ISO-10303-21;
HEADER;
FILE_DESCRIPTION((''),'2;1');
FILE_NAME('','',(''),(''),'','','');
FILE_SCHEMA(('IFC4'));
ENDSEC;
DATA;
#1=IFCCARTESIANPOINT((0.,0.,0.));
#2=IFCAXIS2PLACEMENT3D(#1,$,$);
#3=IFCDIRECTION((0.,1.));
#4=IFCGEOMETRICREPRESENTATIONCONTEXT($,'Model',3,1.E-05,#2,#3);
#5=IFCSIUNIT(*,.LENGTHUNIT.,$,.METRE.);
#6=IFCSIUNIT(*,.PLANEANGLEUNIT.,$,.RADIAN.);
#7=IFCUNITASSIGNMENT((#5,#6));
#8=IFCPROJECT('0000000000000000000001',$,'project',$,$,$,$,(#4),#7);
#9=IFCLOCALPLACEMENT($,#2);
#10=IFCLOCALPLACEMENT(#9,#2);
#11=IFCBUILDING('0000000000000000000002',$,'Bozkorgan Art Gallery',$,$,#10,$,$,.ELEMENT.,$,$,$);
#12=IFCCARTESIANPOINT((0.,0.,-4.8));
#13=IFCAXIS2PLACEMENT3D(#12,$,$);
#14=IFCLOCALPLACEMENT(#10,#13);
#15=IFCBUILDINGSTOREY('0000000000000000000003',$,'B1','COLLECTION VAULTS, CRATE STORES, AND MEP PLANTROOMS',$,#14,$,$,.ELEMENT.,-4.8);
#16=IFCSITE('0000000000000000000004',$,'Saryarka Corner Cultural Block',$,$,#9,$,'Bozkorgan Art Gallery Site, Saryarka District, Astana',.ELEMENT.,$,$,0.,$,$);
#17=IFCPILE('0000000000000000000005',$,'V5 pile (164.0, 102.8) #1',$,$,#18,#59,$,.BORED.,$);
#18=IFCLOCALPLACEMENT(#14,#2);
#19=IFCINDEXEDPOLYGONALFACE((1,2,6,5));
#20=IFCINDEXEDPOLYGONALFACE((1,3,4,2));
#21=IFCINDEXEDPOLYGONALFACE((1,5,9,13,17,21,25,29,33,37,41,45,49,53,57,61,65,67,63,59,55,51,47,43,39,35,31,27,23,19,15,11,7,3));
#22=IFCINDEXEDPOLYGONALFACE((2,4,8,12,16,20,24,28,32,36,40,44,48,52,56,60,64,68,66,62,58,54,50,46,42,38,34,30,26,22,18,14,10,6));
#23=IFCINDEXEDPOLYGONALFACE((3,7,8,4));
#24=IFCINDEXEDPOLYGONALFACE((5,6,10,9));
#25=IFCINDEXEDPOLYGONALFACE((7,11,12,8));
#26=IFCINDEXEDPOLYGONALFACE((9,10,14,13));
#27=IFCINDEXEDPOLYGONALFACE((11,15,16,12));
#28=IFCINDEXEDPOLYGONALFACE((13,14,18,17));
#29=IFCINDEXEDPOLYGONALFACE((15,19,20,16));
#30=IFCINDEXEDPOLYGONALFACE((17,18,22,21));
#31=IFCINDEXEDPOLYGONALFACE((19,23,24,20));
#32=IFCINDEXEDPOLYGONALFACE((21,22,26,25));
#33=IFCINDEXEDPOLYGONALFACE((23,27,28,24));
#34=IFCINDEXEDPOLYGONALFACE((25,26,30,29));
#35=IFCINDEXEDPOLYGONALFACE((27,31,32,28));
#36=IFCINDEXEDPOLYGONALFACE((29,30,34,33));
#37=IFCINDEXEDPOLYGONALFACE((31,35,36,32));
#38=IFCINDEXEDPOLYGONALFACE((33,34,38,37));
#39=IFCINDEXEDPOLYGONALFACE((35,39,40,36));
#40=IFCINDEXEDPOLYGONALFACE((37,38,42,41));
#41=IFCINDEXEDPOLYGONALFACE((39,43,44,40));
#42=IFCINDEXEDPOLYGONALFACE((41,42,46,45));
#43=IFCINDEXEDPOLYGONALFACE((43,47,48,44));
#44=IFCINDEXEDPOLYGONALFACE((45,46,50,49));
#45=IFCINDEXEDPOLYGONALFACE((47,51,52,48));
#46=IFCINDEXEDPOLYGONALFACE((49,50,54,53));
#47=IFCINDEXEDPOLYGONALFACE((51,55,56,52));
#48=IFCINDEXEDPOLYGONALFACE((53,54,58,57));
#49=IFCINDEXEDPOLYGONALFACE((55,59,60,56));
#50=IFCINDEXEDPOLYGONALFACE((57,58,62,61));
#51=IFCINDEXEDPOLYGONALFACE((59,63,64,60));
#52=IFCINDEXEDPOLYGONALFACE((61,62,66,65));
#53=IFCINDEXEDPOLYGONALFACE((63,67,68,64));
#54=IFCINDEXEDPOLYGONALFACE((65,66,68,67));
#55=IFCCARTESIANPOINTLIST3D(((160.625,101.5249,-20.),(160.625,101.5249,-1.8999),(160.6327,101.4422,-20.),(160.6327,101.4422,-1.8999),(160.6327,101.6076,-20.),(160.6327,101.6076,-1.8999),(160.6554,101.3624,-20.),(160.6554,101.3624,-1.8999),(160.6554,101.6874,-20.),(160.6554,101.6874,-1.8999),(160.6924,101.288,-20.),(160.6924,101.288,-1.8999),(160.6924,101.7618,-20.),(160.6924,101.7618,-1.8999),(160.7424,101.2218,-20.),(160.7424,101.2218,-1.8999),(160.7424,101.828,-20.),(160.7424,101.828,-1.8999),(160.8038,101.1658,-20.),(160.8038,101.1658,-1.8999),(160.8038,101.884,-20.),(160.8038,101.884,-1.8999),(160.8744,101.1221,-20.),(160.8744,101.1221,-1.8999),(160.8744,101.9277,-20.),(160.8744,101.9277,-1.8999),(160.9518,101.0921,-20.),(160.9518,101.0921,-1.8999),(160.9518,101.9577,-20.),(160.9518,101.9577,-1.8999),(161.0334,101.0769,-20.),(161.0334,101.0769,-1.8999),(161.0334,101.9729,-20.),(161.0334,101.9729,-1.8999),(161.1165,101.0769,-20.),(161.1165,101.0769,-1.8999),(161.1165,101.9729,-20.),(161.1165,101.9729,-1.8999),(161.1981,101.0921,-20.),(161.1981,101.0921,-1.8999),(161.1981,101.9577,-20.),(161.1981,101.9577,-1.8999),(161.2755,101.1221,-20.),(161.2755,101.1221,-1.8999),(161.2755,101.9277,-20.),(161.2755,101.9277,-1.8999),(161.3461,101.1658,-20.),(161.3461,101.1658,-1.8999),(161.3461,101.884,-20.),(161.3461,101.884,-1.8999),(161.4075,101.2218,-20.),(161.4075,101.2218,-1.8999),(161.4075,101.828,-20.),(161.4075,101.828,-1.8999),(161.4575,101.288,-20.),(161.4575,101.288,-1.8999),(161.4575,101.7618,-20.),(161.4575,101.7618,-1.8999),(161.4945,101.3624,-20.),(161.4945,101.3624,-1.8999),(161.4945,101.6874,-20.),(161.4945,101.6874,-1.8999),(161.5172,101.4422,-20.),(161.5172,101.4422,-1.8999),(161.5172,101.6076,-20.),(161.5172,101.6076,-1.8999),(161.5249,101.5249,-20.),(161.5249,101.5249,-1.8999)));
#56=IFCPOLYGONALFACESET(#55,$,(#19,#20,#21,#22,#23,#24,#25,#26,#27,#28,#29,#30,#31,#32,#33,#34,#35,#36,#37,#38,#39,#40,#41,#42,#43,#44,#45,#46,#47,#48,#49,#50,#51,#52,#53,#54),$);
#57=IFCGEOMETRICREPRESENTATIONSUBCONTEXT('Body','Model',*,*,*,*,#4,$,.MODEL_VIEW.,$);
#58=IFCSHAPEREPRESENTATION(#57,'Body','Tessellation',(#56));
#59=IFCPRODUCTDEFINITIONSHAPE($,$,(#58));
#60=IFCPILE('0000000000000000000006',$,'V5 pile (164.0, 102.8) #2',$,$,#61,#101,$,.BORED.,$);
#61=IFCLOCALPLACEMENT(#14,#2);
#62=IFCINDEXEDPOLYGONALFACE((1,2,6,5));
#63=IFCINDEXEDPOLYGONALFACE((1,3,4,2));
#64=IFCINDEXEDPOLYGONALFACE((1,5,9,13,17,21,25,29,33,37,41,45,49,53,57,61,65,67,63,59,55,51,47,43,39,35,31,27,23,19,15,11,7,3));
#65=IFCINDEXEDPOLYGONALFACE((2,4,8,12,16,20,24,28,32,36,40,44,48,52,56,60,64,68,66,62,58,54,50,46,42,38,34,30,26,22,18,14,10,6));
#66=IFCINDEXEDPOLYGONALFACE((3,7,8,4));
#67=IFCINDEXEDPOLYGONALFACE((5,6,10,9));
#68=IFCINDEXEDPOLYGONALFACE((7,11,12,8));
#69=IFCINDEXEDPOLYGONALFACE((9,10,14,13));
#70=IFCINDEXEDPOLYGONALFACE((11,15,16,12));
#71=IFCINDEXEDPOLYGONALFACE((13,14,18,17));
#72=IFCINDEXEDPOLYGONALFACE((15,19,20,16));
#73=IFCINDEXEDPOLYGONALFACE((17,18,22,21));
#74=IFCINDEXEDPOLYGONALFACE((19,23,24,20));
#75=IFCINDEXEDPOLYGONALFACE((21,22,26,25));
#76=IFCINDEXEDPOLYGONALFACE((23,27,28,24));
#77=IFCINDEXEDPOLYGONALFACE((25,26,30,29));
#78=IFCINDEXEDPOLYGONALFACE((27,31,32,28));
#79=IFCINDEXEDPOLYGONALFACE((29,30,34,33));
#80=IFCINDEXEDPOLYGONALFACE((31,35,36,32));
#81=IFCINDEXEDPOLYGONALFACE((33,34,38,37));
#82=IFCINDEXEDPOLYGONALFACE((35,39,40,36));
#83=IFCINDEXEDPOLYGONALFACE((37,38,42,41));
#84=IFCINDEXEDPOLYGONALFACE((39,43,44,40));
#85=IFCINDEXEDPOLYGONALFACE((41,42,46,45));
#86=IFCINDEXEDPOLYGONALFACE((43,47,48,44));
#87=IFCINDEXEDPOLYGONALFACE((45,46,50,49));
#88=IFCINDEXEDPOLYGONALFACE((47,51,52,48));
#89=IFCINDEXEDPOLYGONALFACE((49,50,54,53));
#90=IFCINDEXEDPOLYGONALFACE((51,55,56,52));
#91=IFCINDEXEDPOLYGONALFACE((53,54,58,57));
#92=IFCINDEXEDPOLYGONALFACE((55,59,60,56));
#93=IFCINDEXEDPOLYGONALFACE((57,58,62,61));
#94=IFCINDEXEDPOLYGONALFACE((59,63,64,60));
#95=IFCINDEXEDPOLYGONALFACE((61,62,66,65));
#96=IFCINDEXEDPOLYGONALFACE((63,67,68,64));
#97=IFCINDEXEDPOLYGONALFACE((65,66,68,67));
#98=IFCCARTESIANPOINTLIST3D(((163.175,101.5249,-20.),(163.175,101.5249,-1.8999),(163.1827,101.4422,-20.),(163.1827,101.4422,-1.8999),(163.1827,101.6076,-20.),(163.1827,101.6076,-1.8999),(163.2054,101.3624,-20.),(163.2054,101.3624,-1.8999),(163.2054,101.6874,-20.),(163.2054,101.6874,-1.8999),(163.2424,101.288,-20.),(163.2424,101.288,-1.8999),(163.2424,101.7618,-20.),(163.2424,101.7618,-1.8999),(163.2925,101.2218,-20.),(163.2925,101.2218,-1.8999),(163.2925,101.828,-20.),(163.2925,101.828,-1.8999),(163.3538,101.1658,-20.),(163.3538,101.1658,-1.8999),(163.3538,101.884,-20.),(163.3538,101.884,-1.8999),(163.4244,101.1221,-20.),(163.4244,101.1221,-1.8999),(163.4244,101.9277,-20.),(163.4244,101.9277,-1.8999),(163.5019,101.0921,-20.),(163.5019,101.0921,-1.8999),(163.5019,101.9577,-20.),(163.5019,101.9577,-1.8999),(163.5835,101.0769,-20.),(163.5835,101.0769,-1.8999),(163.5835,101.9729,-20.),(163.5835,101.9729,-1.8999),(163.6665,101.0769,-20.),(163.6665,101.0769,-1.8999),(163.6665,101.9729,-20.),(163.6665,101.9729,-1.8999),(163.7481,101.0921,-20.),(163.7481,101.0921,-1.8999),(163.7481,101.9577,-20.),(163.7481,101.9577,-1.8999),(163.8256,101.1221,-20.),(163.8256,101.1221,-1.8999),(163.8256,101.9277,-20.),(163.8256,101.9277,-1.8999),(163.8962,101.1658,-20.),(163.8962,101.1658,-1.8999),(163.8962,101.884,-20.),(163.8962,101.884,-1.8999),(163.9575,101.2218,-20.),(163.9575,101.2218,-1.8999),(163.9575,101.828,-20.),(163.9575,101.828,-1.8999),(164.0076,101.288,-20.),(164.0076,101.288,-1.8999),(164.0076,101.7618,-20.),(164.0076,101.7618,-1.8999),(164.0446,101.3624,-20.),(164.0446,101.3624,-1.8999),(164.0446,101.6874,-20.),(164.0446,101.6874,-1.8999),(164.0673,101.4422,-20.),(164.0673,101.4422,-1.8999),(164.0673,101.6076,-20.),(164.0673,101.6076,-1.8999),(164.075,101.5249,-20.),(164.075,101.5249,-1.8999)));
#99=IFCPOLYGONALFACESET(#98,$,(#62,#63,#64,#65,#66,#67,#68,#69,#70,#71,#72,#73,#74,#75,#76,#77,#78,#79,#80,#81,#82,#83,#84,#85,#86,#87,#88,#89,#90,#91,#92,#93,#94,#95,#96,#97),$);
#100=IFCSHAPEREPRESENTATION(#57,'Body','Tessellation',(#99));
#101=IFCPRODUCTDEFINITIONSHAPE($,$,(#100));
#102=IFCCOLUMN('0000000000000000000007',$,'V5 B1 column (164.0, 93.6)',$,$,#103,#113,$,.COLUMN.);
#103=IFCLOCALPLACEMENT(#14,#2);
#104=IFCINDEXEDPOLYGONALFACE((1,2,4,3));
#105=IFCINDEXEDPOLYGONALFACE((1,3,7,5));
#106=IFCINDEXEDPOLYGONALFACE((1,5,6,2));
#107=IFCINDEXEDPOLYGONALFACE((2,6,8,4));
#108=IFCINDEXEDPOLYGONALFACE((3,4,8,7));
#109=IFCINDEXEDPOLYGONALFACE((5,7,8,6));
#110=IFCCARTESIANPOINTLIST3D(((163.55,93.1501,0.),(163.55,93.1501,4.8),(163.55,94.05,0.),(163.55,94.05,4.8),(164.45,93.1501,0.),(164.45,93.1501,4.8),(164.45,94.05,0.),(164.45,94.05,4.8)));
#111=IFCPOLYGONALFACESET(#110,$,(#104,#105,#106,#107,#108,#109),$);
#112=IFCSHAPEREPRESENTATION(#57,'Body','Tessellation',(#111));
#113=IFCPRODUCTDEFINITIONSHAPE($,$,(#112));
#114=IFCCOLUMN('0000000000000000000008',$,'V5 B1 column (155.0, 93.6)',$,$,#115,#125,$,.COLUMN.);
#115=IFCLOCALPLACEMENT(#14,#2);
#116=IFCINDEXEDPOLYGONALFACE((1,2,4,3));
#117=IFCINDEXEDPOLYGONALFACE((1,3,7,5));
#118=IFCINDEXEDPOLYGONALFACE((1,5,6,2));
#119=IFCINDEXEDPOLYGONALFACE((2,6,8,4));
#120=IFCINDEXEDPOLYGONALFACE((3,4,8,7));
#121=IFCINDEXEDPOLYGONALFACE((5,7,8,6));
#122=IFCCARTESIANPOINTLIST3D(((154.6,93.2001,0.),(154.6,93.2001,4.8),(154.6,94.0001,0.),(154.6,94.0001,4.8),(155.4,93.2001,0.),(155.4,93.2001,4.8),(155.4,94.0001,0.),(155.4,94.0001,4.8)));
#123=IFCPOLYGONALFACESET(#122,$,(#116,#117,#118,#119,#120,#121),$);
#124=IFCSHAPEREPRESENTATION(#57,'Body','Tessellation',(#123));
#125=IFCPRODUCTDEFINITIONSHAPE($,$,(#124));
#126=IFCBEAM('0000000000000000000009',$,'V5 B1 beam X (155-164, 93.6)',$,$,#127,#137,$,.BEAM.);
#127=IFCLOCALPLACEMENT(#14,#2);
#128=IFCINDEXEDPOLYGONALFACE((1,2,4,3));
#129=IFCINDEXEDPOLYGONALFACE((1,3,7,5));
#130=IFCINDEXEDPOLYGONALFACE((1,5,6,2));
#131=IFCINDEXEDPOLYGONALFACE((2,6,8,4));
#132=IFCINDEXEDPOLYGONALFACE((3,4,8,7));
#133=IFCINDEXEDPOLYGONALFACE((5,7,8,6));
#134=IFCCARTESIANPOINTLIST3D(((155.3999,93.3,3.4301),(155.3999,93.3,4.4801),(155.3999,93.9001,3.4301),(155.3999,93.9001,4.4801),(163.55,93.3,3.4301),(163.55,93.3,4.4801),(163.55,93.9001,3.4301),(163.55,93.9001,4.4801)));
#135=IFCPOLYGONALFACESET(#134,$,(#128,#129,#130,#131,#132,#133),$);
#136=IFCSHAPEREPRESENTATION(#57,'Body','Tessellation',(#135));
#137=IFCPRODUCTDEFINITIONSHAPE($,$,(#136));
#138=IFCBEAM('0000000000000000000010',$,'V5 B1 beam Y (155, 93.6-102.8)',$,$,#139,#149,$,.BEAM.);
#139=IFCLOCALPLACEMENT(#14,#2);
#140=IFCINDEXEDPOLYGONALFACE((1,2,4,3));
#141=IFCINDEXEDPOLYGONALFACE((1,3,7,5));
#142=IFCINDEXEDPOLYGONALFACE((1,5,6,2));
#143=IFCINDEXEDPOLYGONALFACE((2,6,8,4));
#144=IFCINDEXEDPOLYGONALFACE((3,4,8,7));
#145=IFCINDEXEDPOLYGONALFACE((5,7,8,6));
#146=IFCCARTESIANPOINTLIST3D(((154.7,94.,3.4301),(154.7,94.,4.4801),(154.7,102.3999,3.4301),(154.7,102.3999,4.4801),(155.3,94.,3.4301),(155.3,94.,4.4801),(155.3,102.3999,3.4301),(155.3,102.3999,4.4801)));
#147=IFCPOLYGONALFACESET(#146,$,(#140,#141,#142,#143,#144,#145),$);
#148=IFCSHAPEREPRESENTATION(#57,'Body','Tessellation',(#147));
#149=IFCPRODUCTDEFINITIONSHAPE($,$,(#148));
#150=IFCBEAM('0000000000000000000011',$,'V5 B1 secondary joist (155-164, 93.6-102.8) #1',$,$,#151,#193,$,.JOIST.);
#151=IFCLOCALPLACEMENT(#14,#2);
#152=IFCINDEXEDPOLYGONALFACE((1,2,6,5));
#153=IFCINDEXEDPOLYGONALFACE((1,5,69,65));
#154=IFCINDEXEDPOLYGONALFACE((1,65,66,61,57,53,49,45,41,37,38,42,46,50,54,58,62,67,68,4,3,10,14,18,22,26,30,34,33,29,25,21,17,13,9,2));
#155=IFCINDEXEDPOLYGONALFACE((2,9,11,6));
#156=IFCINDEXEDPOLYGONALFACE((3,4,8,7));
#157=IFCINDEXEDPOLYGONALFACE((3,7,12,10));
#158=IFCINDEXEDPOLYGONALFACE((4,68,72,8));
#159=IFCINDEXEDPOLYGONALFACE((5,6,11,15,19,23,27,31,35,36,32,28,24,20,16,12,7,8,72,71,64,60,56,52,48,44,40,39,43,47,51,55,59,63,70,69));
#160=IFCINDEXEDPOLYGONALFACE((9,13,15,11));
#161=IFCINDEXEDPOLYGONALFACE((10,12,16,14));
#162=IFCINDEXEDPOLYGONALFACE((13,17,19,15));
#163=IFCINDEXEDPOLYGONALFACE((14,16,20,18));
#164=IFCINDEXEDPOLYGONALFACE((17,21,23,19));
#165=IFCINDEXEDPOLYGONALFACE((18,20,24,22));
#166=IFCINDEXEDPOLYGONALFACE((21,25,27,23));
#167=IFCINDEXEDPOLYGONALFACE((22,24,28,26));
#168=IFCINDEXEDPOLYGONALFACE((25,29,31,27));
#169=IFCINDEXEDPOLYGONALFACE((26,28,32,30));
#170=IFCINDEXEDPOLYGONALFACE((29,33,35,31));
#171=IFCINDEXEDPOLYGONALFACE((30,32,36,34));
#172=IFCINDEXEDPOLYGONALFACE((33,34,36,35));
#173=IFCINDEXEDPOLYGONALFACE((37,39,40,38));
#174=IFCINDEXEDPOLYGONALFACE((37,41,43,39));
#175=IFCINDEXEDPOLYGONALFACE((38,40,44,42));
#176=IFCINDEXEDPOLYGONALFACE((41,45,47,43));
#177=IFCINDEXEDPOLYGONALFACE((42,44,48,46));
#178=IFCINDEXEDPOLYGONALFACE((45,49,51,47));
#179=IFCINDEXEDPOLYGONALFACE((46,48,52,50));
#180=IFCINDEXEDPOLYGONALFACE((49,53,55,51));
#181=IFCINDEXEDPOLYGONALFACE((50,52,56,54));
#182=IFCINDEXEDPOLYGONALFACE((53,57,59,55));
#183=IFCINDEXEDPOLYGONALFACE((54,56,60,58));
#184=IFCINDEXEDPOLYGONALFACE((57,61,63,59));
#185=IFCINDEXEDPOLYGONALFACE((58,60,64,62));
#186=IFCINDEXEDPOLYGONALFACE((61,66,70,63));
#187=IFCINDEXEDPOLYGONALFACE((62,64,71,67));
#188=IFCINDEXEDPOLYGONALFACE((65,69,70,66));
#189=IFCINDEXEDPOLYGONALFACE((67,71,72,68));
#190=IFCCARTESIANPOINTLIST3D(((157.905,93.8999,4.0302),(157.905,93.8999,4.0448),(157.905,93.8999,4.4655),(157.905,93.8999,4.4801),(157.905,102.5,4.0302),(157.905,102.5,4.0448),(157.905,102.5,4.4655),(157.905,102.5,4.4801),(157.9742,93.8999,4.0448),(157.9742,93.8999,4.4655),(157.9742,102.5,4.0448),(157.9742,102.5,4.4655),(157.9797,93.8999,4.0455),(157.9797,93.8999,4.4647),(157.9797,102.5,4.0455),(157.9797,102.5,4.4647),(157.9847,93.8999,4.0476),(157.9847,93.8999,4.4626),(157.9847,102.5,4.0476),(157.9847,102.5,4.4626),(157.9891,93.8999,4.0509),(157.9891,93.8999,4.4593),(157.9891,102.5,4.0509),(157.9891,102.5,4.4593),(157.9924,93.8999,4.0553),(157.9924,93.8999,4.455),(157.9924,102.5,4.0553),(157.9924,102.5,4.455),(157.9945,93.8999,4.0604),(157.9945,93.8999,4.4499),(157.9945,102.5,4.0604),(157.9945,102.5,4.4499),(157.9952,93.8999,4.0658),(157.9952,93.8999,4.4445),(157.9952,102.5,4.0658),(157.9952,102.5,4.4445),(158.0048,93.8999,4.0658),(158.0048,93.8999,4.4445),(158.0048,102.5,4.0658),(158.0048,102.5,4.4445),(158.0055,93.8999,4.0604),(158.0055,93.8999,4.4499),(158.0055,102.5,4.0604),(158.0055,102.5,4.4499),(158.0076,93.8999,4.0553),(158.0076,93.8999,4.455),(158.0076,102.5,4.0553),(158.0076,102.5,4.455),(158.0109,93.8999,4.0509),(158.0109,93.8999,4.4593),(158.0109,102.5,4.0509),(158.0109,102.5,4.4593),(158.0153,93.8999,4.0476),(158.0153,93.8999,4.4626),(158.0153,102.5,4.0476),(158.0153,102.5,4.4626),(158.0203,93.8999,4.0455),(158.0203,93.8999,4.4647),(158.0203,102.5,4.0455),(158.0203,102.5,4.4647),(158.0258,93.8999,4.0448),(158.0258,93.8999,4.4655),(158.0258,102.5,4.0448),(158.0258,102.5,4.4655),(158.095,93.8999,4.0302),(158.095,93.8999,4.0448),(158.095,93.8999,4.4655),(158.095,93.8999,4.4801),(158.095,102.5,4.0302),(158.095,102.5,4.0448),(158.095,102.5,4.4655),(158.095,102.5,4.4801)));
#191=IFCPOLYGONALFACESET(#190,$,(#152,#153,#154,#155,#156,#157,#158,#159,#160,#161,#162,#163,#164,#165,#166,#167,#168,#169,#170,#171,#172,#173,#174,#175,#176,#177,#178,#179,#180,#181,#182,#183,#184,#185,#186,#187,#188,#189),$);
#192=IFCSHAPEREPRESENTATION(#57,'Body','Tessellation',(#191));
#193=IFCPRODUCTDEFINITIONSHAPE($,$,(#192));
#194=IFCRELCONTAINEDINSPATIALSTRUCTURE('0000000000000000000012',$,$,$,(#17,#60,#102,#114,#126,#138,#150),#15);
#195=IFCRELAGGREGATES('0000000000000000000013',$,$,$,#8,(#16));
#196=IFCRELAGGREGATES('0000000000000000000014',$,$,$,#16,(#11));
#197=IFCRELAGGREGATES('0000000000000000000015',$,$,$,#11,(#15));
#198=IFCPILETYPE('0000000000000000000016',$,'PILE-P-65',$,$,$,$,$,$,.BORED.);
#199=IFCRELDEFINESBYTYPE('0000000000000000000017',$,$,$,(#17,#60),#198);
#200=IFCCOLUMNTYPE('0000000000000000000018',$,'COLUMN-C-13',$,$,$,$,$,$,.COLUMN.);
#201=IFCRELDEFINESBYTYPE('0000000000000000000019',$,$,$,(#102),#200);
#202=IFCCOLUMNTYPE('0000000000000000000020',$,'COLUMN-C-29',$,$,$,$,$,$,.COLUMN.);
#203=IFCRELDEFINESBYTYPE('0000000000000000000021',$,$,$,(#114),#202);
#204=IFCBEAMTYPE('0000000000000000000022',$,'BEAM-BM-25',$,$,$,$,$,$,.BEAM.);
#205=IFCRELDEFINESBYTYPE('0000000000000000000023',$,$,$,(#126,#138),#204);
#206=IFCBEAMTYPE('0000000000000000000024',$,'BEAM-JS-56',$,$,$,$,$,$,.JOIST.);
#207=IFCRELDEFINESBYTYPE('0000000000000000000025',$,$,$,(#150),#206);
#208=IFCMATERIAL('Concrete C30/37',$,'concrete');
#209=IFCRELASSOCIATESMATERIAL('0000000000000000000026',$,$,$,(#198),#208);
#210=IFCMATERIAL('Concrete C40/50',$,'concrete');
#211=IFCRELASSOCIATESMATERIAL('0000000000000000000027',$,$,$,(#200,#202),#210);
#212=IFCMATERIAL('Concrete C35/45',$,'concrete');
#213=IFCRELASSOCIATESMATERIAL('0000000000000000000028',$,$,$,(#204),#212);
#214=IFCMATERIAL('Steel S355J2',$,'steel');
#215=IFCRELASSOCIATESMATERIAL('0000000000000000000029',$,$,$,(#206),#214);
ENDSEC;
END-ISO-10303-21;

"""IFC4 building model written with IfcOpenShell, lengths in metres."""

from ifc_helpers import new_model, si_unit, direction, frame, origin, origin_2d, place, context, subcontext, project, spatial, rectangle, circle, i_section, extrude, material, material_profile, profile_set, type_object, element, save


model = new_model("IFC4")

# Units and contexts
model_context = context("Model", 3, precision=1e-05, world=origin(), true_north=direction((0.0, 1.0)))
body_context = subcontext(model_context, "Body", "Model", "MODEL_VIEW")
ifc_project = project(units=[si_unit("LENGTHUNIT", "METRE"), si_unit("PLANEANGLEUNIT", "RADIAN")], contexts=[model_context])

# Site, building, storey
site_placement = place(None, origin())
site = spatial("IfcSite", under=ifc_project, at=site_placement, Name="Saryarka Corner Cultural Block", LongName="Bozkorgan Art Gallery Site, Saryarka District, Astana", CompositionType="ELEMENT", RefElevation=0.0)
building_placement = place(site_placement, origin())
building = spatial("IfcBuilding", under=site, at=building_placement, Name="Bozkorgan Art Gallery", CompositionType="ELEMENT")
storey_placement = place(building_placement, frame((0.0, 0.0, -4.8)))
storey = spatial("IfcBuildingStorey", under=building, at=storey_placement, Name="B1", Description="COLLECTION VAULTS, CRATE STORES, AND MEP PLANTROOMS", CompositionType="ELEMENT", Elevation=-4.8)

# Shared definitions
ifc_material_1 = material(Name="Concrete C30/37", Category="concrete")

# Piles
ifc_material_profile_1 = material_profile(ifc_material_1, circle(Radius=0.45, at=origin_2d()), Name="PILE D900")
ifc_profile_set_1 = profile_set([ifc_material_profile_1], Name="Concrete C30/37")
pile_type_1 = type_object("IfcPileType", Name="PILE-P-65", PredefinedType="BORED", material=ifc_profile_set_1)
for number, where, z_axis, x_axis, name in (
    (1, (161.075, 101.5249, -1.8999), (0.0, 0.0, -1.0), (1.0, 0.0, 0.0), "V5 pile (164.0, 102.8) #1"),
    (2, (163.625, 101.5249, -1.8999), (0.0, 0.0, -1.0), (1.0, 0.0, 0.0), "V5 pile (164.0, 102.8) #2"),
):
    element("IfcPile", number, at=place(storey_placement, frame(where, z_axis=z_axis, x_axis=x_axis)), inside=storey, type_object=pile_type_1, Name=name, PredefinedType="BORED", context=body_context, shape_type="SweptSolid", body=[
        extrude(circle(Radius=0.45, at=origin_2d()), origin(), (0.0, 0.0, 1.0), 18.1001),
    ])

# Columns
ifc_material_2 = material(Name="Concrete C40/50", Category="concrete")
ifc_material_profile_2 = material_profile(ifc_material_2, rectangle(XDim=0.8999, YDim=0.8999, at=origin_2d()), Name="RC 900x900")
ifc_profile_set_2 = profile_set([ifc_material_profile_2], Name="Concrete C40/50")
column_type_1 = type_object("IfcColumnType", Name="COLUMN-C-13", PredefinedType="COLUMN", material=ifc_profile_set_2)
column_1_placement = place(storey_placement, frame((164.0, 93.6001, 0.0), z_axis=(0.0, 0.0, 1.0), x_axis=(1.0, 0.0, 0.0)))
element("IfcColumn", 3, at=column_1_placement, inside=storey, type_object=column_type_1, Name="V5 B1 column (164.0, 93.6)", PredefinedType="COLUMN", context=body_context, shape_type="SweptSolid", body=[
    extrude(rectangle(XDim=0.8999, YDim=0.8999, at=origin_2d()), origin(), (0.0, 0.0, 1.0), 4.8),
])
ifc_material_profile_3 = material_profile(ifc_material_2, rectangle(XDim=0.8, YDim=0.8, at=origin_2d()), Name="RC 800x800")
ifc_profile_set_3 = profile_set([ifc_material_profile_3], Name="Concrete C40/50")
column_type_2 = type_object("IfcColumnType", Name="COLUMN-C-29", PredefinedType="COLUMN", material=ifc_profile_set_3)
column_2_placement = place(storey_placement, frame((155.0, 93.6001, 0.0), z_axis=(0.0, 0.0, 1.0), x_axis=(1.0, 0.0, 0.0)))
element("IfcColumn", 4, at=column_2_placement, inside=storey, type_object=column_type_2, Name="V5 B1 column (155.0, 93.6)", PredefinedType="COLUMN", context=body_context, shape_type="SweptSolid", body=[
    extrude(rectangle(XDim=0.8, YDim=0.8, at=origin_2d()), origin(), (0.0, 0.0, 1.0), 4.8),
])

# Beams
ifc_material_3 = material(Name="Concrete C35/45", Category="concrete")
ifc_material_profile_4 = material_profile(ifc_material_3, rectangle(XDim=0.6001, YDim=1.05, at=origin_2d()), Name="RC 600x1050")
ifc_profile_set_4 = profile_set([ifc_material_profile_4], Name="Concrete C35/45")
beam_type_1 = type_object("IfcBeamType", Name="BEAM-BM-25", PredefinedType="BEAM", material=ifc_profile_set_4)
beam_1_placement = place(storey_placement, frame((155.3999, 93.6001, 3.9551), z_axis=(1.0, 0.0, 0.0), x_axis=(0.0, 1.0, 0.0)))
element("IfcBeam", 5, at=beam_1_placement, inside=storey, type_object=beam_type_1, Name="V5 B1 beam X (155-164, 93.6)", PredefinedType="BEAM", context=body_context, shape_type="SweptSolid", body=[
    extrude(rectangle(XDim=0.6001, YDim=1.05, at=origin_2d()), origin(), (0.0, 0.0, 1.0), 8.1501),
])
beam_2_placement = place(storey_placement, frame((155.0, 94.0, 3.9551), z_axis=(0.0, 1.0, 0.0), x_axis=(-1.0, 0.0, 0.0)))
element("IfcBeam", 6, at=beam_2_placement, inside=storey, type_object=beam_type_1, Name="V5 B1 beam Y (155, 93.6-102.8)", PredefinedType="BEAM", context=body_context, shape_type="SweptSolid", body=[
    extrude(rectangle(XDim=0.6001, YDim=1.05, at=origin_2d()), origin(), (0.0, 0.0, 1.0), 8.3999),
])
ifc_material_4 = material(Name="Steel S355J2", Category="steel")
ifc_material_profile_5 = material_profile(ifc_material_4, i_section(OverallWidth=0.1899, OverallDepth=0.45, WebThickness=0.0095, FlangeThickness=0.0146, FilletRadius=0.021, at=origin_2d()), Name="IPE 450")
ifc_profile_set_5 = profile_set([ifc_material_profile_5], Name="Steel S355J2")
beam_type_2 = type_object("IfcBeamType", Name="BEAM-JS-56", PredefinedType="JOIST", material=ifc_profile_set_5)
for number, where, z_axis, x_axis, name in (
    (7, (158.0, 93.8999, 4.2551), (0.0, 1.0, 0.0), (-1.0, 0.0, 0.0), "V5 B1 secondary joist (155-164, 93.6-102.8) #1"),
):
    element("IfcBeam", number, at=place(storey_placement, frame(where, z_axis=z_axis, x_axis=x_axis)), inside=storey, type_object=beam_type_2, Name=name, PredefinedType="JOIST", context=body_context, shape_type="SweptSolid", body=[
        extrude(i_section(OverallWidth=0.1899, OverallDepth=0.45, WebThickness=0.0095, FlangeThickness=0.0146, FilletRadius=0.021, at=origin_2d()), origin(), (0.0, 0.0, 1.0), 8.6001),
    ])

save(model, "model.ifc")
